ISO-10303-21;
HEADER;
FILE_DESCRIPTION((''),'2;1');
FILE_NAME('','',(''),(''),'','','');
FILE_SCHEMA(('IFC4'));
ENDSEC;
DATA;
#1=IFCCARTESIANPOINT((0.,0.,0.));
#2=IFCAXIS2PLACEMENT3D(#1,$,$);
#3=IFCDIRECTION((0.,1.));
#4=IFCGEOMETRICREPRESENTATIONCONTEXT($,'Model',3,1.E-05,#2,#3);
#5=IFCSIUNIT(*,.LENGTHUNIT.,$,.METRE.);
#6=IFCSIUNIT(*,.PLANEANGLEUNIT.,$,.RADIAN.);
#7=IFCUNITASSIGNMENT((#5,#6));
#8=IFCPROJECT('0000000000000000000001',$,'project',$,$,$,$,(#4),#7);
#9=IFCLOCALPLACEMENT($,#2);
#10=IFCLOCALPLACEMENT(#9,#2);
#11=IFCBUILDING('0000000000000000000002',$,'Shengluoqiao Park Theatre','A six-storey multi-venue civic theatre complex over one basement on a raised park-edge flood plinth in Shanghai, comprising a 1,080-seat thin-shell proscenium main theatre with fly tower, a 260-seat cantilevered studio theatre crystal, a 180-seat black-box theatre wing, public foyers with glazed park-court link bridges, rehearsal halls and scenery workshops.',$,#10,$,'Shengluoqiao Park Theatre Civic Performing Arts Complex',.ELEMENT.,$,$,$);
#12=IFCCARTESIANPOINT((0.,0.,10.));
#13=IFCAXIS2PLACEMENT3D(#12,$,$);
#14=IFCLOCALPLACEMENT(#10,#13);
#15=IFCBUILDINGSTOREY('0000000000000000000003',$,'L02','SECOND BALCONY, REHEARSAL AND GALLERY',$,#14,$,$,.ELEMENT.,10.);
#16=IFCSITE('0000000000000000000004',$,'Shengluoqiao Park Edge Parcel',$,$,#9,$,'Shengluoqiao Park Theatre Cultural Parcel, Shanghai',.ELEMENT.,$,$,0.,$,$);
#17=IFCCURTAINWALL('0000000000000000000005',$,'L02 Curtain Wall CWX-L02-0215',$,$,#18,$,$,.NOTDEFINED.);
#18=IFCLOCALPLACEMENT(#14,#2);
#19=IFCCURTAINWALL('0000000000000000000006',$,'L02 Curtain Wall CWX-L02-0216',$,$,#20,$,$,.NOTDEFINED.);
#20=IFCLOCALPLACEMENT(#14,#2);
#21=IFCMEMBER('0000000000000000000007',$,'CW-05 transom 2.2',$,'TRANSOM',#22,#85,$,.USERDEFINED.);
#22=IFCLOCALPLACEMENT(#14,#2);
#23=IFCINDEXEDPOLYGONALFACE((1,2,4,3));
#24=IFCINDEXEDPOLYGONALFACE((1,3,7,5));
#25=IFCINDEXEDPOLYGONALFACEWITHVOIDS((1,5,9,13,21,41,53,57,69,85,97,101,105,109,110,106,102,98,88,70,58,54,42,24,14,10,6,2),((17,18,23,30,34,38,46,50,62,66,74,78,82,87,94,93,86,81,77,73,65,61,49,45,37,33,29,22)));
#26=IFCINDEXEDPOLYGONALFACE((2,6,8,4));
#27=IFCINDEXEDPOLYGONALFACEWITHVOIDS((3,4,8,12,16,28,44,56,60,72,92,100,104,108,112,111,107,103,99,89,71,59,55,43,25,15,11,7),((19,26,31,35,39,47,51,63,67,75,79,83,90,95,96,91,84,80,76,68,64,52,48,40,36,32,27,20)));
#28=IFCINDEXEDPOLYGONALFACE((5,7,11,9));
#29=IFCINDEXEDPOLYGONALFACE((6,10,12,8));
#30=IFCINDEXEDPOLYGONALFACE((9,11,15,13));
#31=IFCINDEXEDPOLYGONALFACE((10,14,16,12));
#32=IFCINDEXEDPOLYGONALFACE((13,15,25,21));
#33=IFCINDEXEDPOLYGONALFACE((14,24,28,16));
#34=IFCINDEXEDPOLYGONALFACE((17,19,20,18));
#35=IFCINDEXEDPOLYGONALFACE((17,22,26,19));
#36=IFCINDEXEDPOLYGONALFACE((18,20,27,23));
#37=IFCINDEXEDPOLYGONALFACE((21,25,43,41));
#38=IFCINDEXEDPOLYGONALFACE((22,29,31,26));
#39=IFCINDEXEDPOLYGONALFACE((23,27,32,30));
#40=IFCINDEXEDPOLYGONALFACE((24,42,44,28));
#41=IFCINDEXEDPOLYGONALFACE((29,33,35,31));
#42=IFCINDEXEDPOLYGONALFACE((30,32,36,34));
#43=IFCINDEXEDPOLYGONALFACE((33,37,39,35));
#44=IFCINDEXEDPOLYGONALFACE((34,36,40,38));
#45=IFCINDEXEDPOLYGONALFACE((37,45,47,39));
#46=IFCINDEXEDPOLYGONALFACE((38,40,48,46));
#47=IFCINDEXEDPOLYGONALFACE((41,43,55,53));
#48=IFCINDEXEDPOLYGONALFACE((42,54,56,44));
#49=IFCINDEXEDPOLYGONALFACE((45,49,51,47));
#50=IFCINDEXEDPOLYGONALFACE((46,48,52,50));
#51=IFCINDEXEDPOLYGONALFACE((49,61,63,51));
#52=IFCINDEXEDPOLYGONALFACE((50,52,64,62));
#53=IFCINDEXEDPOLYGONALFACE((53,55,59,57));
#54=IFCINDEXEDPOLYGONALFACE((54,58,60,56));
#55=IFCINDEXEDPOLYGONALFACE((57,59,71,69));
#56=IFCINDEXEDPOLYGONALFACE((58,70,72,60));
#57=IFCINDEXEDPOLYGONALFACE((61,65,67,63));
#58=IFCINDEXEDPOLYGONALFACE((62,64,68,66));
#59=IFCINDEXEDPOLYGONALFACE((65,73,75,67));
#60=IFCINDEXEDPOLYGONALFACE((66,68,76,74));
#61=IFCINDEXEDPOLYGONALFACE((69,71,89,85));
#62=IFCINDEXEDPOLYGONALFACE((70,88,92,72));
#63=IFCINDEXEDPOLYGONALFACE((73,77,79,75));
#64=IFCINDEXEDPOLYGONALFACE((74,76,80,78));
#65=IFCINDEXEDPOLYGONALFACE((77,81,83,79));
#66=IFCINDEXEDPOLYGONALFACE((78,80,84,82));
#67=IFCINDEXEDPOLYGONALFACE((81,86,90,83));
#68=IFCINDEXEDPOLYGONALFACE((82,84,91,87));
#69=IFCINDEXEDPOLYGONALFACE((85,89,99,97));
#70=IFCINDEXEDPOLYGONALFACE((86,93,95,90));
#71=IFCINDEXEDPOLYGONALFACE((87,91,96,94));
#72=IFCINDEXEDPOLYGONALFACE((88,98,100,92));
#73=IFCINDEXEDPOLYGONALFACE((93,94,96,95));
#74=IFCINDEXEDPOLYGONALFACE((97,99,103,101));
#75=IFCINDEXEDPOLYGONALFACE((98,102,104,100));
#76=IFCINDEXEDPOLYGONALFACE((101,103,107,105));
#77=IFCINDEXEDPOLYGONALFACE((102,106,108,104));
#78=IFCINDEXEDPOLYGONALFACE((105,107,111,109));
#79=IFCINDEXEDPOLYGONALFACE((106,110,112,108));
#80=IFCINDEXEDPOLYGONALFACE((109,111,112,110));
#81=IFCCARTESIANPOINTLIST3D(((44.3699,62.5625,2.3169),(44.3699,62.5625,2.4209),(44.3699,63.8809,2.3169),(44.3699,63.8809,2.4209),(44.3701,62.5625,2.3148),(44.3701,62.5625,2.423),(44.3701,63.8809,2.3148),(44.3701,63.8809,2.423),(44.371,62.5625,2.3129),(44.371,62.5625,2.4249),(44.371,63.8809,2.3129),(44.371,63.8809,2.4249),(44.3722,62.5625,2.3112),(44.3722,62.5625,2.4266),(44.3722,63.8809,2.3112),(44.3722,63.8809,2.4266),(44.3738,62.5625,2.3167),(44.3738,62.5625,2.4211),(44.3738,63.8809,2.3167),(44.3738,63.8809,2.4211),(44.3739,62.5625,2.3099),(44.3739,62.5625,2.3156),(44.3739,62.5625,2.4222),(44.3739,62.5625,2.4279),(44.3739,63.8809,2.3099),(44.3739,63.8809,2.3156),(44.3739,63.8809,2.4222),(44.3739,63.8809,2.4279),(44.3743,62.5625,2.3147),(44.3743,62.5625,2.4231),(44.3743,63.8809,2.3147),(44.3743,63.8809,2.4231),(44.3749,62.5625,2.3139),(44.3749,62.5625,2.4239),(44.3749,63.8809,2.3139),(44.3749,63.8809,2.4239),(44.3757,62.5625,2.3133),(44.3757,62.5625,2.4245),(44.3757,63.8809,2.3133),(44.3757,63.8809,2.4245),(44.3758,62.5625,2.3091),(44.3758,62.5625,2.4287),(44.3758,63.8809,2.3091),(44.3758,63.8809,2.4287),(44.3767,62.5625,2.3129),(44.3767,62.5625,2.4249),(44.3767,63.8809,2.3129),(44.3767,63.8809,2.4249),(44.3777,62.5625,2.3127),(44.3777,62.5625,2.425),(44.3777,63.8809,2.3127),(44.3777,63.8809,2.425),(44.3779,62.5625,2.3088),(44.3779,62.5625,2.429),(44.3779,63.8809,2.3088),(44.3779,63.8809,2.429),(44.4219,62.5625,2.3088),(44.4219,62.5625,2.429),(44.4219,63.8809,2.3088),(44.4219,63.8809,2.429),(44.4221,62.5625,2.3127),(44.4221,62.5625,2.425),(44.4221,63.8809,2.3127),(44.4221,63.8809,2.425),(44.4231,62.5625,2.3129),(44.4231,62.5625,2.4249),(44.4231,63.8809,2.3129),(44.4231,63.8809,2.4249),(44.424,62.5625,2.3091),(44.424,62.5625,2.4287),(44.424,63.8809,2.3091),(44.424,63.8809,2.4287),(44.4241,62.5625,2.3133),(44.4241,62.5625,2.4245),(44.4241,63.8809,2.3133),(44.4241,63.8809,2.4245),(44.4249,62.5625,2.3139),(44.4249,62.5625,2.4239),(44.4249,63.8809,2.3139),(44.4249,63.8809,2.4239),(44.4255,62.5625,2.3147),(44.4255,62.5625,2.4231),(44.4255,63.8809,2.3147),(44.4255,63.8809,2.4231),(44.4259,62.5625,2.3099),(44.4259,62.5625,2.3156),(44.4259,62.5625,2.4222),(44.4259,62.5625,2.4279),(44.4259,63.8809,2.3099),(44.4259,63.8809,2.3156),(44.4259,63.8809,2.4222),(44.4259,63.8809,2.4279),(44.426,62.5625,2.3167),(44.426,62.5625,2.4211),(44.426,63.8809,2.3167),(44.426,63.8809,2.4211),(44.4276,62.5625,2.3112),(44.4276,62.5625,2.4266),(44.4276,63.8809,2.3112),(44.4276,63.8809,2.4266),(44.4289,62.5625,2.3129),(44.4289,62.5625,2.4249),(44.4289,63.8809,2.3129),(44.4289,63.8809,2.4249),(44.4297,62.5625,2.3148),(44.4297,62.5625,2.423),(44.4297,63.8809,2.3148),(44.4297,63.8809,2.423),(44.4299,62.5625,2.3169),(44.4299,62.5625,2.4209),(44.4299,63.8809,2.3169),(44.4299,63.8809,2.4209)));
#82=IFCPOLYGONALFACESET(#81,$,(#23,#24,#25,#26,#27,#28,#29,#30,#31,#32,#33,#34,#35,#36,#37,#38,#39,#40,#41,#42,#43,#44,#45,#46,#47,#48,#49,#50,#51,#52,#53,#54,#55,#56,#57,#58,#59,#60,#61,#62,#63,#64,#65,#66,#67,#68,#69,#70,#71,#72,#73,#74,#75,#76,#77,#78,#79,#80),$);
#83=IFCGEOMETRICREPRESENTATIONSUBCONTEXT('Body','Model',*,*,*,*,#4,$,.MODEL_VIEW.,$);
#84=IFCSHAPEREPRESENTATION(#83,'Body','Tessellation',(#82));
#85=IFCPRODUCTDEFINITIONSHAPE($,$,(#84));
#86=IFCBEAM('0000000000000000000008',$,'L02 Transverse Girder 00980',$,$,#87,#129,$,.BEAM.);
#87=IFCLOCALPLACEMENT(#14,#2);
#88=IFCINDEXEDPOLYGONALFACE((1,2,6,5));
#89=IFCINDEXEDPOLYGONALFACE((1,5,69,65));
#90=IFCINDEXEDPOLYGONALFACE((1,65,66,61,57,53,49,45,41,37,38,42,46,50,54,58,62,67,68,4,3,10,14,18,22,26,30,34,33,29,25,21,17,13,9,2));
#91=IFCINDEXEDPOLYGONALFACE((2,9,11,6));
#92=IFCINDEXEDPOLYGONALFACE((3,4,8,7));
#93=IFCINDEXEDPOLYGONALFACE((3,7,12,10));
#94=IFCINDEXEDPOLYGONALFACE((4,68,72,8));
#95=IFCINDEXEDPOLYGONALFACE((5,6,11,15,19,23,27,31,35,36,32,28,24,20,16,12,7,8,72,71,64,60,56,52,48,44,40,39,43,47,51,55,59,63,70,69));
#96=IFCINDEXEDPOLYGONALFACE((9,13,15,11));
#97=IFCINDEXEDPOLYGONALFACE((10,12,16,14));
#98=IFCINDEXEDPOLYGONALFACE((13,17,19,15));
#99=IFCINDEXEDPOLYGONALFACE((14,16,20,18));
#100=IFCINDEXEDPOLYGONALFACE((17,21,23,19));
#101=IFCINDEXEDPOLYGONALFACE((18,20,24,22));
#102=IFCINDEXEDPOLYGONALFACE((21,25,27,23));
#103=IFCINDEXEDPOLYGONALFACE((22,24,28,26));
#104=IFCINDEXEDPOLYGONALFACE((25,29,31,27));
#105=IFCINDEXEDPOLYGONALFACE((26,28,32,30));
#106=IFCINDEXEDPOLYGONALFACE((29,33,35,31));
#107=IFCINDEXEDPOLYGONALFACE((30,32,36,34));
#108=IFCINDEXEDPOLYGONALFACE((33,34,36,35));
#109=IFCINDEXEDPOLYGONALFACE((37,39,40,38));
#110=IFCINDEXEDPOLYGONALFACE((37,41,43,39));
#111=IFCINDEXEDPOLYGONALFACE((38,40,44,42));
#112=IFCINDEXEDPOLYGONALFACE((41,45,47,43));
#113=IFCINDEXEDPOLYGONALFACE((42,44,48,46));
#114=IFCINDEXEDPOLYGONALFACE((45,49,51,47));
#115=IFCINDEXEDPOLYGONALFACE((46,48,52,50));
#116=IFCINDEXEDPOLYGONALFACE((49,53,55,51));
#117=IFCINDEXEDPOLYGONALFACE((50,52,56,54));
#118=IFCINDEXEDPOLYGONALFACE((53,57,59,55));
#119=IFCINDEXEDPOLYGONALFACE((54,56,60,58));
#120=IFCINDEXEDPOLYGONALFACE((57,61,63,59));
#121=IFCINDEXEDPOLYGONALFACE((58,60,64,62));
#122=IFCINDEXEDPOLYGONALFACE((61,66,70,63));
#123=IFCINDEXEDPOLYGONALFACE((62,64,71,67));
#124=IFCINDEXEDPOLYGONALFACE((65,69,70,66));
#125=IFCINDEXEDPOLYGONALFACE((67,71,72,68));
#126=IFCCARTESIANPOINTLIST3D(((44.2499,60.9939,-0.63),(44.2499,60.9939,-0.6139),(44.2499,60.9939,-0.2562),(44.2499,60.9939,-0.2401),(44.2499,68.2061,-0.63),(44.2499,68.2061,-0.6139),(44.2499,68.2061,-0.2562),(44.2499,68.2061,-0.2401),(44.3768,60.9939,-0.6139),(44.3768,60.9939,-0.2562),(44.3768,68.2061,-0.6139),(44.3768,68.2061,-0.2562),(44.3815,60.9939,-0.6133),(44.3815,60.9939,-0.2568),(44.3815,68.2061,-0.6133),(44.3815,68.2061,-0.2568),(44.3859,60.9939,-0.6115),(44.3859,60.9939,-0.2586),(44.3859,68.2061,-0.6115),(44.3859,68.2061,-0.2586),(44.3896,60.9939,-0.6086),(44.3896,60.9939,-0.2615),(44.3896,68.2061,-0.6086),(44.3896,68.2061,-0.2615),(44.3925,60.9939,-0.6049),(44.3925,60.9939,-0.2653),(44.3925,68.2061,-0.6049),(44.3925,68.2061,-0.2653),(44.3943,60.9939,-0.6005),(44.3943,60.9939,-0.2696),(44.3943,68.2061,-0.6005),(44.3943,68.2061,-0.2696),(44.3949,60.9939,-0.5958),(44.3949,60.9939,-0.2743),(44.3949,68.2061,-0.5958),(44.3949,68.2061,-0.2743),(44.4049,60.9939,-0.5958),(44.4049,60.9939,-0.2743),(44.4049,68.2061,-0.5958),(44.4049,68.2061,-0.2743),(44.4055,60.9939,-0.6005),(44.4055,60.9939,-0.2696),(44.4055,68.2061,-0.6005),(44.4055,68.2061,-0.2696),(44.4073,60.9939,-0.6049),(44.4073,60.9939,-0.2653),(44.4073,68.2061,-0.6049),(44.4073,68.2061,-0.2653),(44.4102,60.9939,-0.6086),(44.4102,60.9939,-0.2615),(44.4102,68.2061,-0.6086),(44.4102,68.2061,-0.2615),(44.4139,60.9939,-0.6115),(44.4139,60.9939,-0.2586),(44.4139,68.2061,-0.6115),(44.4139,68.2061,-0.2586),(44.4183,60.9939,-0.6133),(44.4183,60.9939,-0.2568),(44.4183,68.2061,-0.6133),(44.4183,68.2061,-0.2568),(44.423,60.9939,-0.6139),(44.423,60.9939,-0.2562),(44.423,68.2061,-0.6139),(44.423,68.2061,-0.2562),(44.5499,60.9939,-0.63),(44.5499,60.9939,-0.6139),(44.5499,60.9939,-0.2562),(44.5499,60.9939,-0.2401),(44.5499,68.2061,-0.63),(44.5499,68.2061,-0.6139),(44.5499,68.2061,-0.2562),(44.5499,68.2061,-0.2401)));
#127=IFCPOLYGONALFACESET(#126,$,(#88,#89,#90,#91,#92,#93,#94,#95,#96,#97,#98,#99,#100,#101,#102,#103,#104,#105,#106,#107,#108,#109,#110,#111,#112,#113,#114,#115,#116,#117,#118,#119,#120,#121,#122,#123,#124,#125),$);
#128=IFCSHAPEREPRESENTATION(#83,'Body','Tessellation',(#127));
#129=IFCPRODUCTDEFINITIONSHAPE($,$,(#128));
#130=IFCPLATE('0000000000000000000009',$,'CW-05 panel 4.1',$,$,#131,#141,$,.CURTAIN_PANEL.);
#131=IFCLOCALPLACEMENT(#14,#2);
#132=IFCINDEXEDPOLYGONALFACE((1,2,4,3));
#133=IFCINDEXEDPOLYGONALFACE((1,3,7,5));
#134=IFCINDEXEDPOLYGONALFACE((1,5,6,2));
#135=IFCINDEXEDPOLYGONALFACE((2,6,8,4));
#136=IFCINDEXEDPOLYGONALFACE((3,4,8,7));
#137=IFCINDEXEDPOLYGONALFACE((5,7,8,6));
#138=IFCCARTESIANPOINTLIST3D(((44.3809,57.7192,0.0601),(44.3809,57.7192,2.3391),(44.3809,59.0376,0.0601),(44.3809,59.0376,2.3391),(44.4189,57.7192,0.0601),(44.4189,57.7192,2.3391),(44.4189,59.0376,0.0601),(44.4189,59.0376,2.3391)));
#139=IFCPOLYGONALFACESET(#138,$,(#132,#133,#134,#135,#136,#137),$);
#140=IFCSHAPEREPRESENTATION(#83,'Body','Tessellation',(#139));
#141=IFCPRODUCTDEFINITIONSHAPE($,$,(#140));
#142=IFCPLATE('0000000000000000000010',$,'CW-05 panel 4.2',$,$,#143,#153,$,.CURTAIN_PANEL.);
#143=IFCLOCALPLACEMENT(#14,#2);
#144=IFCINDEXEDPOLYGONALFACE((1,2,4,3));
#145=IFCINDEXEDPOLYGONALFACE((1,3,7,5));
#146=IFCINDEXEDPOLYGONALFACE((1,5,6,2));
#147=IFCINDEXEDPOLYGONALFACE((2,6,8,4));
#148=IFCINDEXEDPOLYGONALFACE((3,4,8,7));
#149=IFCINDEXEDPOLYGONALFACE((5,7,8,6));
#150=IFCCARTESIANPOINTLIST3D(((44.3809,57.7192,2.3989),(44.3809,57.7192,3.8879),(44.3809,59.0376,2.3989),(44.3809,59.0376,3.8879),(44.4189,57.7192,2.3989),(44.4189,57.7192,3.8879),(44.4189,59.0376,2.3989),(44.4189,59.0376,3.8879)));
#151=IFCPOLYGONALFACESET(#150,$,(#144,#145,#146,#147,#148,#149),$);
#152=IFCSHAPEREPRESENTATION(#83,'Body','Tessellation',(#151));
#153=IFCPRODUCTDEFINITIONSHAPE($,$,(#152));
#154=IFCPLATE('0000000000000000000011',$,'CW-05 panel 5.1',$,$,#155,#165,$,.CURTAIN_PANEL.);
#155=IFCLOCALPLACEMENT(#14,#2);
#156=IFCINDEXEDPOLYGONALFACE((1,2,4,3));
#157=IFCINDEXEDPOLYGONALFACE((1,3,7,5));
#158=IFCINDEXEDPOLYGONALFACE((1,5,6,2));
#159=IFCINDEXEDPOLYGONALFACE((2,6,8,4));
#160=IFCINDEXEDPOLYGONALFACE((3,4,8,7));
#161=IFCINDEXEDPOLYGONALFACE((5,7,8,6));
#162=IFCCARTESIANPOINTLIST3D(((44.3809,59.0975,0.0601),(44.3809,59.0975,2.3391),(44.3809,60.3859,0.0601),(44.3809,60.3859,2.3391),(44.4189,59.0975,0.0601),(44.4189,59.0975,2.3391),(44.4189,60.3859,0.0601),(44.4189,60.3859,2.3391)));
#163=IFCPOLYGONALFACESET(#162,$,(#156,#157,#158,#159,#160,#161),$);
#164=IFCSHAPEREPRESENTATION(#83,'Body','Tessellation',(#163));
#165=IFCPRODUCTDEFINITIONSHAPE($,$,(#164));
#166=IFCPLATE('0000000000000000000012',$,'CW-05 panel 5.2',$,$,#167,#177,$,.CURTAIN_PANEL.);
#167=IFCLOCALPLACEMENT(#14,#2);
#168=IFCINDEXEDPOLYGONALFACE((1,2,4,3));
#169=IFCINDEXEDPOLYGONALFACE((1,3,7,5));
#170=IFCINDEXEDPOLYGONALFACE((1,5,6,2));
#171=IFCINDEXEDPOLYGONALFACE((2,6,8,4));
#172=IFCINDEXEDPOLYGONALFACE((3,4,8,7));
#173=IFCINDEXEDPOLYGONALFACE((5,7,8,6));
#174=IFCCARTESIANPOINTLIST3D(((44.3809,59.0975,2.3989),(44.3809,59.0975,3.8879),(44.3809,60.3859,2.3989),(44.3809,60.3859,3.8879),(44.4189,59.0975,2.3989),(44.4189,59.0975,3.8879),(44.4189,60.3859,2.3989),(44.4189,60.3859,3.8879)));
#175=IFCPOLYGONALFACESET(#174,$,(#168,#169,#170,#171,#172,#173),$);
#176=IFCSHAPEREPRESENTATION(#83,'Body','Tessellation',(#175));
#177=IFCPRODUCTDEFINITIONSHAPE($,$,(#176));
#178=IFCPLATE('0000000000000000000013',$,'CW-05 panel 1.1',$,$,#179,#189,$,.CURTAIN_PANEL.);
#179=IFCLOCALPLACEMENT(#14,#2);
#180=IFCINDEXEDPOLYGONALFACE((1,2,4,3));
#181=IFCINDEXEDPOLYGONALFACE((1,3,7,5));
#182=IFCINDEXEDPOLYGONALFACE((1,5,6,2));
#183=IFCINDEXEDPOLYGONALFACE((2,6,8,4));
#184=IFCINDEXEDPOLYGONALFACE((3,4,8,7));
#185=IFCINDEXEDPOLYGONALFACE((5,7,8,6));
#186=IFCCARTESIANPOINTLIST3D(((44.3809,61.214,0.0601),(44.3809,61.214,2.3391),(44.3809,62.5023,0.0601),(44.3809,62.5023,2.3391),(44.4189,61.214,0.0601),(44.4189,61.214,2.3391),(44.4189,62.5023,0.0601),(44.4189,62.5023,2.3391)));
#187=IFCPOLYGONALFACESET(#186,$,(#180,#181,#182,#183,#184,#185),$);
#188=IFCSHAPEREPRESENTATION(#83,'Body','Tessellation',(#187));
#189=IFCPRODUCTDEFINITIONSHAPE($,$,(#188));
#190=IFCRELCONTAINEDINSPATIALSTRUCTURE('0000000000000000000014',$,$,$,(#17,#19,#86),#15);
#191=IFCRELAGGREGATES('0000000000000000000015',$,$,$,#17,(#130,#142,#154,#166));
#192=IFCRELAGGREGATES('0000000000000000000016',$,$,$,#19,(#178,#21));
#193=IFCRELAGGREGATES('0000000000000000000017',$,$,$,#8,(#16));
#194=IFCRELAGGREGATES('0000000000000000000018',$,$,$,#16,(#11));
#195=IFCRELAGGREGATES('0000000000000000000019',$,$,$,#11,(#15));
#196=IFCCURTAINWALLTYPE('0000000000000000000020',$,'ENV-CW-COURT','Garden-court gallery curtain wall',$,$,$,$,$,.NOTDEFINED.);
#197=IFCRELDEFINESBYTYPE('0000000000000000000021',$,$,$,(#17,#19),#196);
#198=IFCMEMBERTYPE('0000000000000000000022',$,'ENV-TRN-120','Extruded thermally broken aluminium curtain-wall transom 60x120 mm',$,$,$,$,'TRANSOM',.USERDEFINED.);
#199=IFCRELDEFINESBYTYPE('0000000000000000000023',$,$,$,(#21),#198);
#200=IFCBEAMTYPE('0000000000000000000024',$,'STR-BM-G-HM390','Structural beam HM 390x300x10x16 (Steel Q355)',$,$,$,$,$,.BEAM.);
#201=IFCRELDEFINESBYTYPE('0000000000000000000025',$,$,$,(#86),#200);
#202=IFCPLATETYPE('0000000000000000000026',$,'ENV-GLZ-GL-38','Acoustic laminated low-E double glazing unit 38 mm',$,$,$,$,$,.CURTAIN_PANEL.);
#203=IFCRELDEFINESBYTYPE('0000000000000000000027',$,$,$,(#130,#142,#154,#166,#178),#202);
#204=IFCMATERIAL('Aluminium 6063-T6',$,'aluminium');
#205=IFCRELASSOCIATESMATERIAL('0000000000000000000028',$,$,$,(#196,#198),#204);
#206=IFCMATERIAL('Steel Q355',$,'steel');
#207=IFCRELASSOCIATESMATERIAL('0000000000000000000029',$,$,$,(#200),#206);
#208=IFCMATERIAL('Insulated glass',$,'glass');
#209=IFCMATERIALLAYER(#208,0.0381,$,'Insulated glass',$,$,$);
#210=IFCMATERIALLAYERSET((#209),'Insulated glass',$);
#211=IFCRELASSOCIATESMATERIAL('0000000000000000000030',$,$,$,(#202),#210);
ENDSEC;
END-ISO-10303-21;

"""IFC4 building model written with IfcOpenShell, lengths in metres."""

from ifc_helpers import new_model, si_unit, direction, frame, origin, origin_2d, place, context, subcontext, project, spatial, rectangle, hollow_rectangle, i_section, extrude, material, layer, layer_set, material_profile, profile_set, type_object, element, aggregate, save


model = new_model("IFC4")

# Units and contexts
model_context = context("Model", 3, precision=1e-05, world=origin(), true_north=direction((0.0, 1.0)))
body_context = subcontext(model_context, "Body", "Model", "MODEL_VIEW")
ifc_project = project(units=[si_unit("LENGTHUNIT", "METRE"), si_unit("PLANEANGLEUNIT", "RADIAN")], contexts=[model_context])

# Site, building, storey
site_placement = place(None, origin())
site = spatial("IfcSite", under=ifc_project, at=site_placement, Name="Shengluoqiao Park Edge Parcel", LongName="Shengluoqiao Park Theatre Cultural Parcel, Shanghai", CompositionType="ELEMENT", RefElevation=0.0)
building_placement = place(site_placement, origin())
building = spatial("IfcBuilding", under=site, at=building_placement, Name="Shengluoqiao Park Theatre", Description="A six-storey multi-venue civic theatre complex over one basement on a raised park-edge flood plinth in Shanghai, comprising a 1,080-seat thin-shell proscenium main theatre with fly tower, a 260-seat cantilevered studio theatre crystal, a 180-seat black-box theatre wing, public foyers with glazed park-court link bridges, rehearsal halls and scenery workshops.", LongName="Shengluoqiao Park Theatre Civic Performing Arts Complex", CompositionType="ELEMENT")
storey_placement = place(building_placement, frame((0.0, 0.0, 10.0)))
storey = spatial("IfcBuildingStorey", under=building, at=storey_placement, Name="L02", Description="SECOND BALCONY, REHEARSAL AND GALLERY", CompositionType="ELEMENT", Elevation=10.0)

# Curtain walls
ifc_material_1 = material(Name="Aluminium 6063-T6", Category="aluminium")
curtain_wall_type = type_object("IfcCurtainWallType", Name="ENV-CW-COURT", Description="Garden-court gallery curtain wall", PredefinedType="NOTDEFINED", material=ifc_material_1)
curtain_wall_1_placement = place(storey_placement, origin())
curtain_wall_1 = element("IfcCurtainWall", 1, at=curtain_wall_1_placement, inside=storey, type_object=curtain_wall_type, Name="L02 Curtain Wall CWX-L02-0215", PredefinedType="NOTDEFINED")
curtain_wall_2_placement = place(storey_placement, origin())
curtain_wall_2 = element("IfcCurtainWall", 2, at=curtain_wall_2_placement, inside=storey, type_object=curtain_wall_type, Name="L02 Curtain Wall CWX-L02-0216", PredefinedType="NOTDEFINED")

# Member
ifc_material_profile_1 = material_profile(ifc_material_1, hollow_rectangle(XDim=0.0601, YDim=0.1201, WallThickness=0.0039, InnerFilletRadius=0.0039, OuterFilletRadius=0.0081, at=origin_2d()), Name="ALU TRANSOM 120x60x4")
ifc_profile_set_1 = profile_set([ifc_material_profile_1], Name="Aluminium 6063-T6")
member_type_1 = type_object("IfcMemberType", Name="ENV-TRN-120", Description="Extruded thermally broken aluminium curtain-wall transom 60x120 mm", ElementType="TRANSOM", PredefinedType="USERDEFINED", material=ifc_profile_set_1)
member_1_placement = place(storey_placement, frame((44.3999, 62.5625, 2.3689), z_axis=(0.0, 1.0, 0.0), x_axis=(-1.0, 0.0, 0.0)))
member_1 = element("IfcMember", 3, at=member_1_placement, type_object=member_type_1, Name="CW-05 transom 2.2", ObjectType="TRANSOM", PredefinedType="USERDEFINED", context=body_context, shape_type="SweptSolid", body=[
    extrude(hollow_rectangle(XDim=0.0601, YDim=0.1201, WallThickness=0.0039, InnerFilletRadius=0.0039, OuterFilletRadius=0.0081, at=origin_2d()), origin(), (0.0, 0.0, 1.0), 1.3184),
])

# Beam
ifc_material_2 = material(Name="Steel Q355", Category="steel")
ifc_material_profile_2 = material_profile(ifc_material_2, i_section(OverallWidth=0.3, OverallDepth=0.3899, WebThickness=0.01, FlangeThickness=0.0161, FilletRadius=0.0181, at=origin_2d()), Name="HM 390x300x10x16")
ifc_profile_set_2 = profile_set([ifc_material_profile_2], Name="Steel Q355")
beam_type = type_object("IfcBeamType", Name="STR-BM-G-HM390", Description="Structural beam HM 390x300x10x16 (Steel Q355)", PredefinedType="BEAM", material=ifc_profile_set_2)
beam_placement = place(storey_placement, frame((44.3999, 60.9939, -0.4351), z_axis=(0.0, 1.0, 0.0), x_axis=(-1.0, 0.0, 0.0)))
element("IfcBeam", 4, at=beam_placement, inside=storey, type_object=beam_type, Name="L02 Transverse Girder 00980", PredefinedType="BEAM", context=body_context, shape_type="SweptSolid", body=[
    extrude(i_section(OverallWidth=0.3, OverallDepth=0.3899, WebThickness=0.01, FlangeThickness=0.0161, FilletRadius=0.0181, at=origin_2d()), origin(), (0.0, 0.0, 1.0), 7.2122),
])

# Plates
ifc_material_3 = material(Name="Insulated glass", Category="glass")
ifc_layer = layer(ifc_material_3, 0.0381, Name="Insulated glass")
ifc_layer_set = layer_set([ifc_layer], Name="Insulated glass")
plate_type = type_object("IfcPlateType", Name="ENV-GLZ-GL-38", Description="Acoustic laminated low-E double glazing unit 38 mm", PredefinedType="CURTAIN_PANEL", material=ifc_layer_set)
plate_1_placement = place(storey_placement, frame((44.3999, 58.3784, 0.0601), z_axis=(0.0, 0.0, 1.0), x_axis=(0.0, 1.0, 0.0)))
plate_1 = element("IfcPlate", 5, at=plate_1_placement, type_object=plate_type, Name="CW-05 panel 4.1", PredefinedType="CURTAIN_PANEL", context=body_context, shape_type="SweptSolid", body=[
    extrude(rectangle(XDim=1.3184, YDim=0.0381, at=origin_2d()), origin(), (0.0, 0.0, 1.0), 2.2791),
])
plate_2_placement = place(storey_placement, frame((44.3999, 58.3784, 2.3989), z_axis=(0.0, 0.0, 1.0), x_axis=(0.0, 1.0, 0.0)))
plate_2 = element("IfcPlate", 6, at=plate_2_placement, type_object=plate_type, Name="CW-05 panel 4.2", PredefinedType="CURTAIN_PANEL", context=body_context, shape_type="SweptSolid", body=[
    extrude(rectangle(XDim=1.3184, YDim=0.0381, at=origin_2d()), origin(), (0.0, 0.0, 1.0), 1.489),
])
plate_3_placement = place(storey_placement, frame((44.3999, 59.7417, 0.0601), z_axis=(0.0, 0.0, 1.0), x_axis=(0.0, 1.0, 0.0)))
plate_3 = element("IfcPlate", 7, at=plate_3_placement, type_object=plate_type, Name="CW-05 panel 5.1", PredefinedType="CURTAIN_PANEL", context=body_context, shape_type="SweptSolid", body=[
    extrude(rectangle(XDim=1.2883, YDim=0.0381, at=origin_2d()), origin(), (0.0, 0.0, 1.0), 2.2791),
])
plate_4_placement = place(storey_placement, frame((44.3999, 59.7417, 2.3989), z_axis=(0.0, 0.0, 1.0), x_axis=(0.0, 1.0, 0.0)))
plate_4 = element("IfcPlate", 8, at=plate_4_placement, type_object=plate_type, Name="CW-05 panel 5.2", PredefinedType="CURTAIN_PANEL", context=body_context, shape_type="SweptSolid", body=[
    extrude(rectangle(XDim=1.2883, YDim=0.0381, at=origin_2d()), origin(), (0.0, 0.0, 1.0), 1.489),
])
aggregate(curtain_wall_1, [plate_1, plate_2, plate_3, plate_4])
plate_5_placement = place(storey_placement, frame((44.3999, 61.8582, 0.0601), z_axis=(0.0, 0.0, 1.0), x_axis=(0.0, 1.0, 0.0)))
plate_5 = element("IfcPlate", 9, at=plate_5_placement, type_object=plate_type, Name="CW-05 panel 1.1", PredefinedType="CURTAIN_PANEL", context=body_context, shape_type="SweptSolid", body=[
    extrude(rectangle(XDim=1.2883, YDim=0.0381, at=origin_2d()), origin(), (0.0, 0.0, 1.0), 2.2791),
])
aggregate(curtain_wall_2, [plate_5, member_1])

save(model, "model.ifc")
